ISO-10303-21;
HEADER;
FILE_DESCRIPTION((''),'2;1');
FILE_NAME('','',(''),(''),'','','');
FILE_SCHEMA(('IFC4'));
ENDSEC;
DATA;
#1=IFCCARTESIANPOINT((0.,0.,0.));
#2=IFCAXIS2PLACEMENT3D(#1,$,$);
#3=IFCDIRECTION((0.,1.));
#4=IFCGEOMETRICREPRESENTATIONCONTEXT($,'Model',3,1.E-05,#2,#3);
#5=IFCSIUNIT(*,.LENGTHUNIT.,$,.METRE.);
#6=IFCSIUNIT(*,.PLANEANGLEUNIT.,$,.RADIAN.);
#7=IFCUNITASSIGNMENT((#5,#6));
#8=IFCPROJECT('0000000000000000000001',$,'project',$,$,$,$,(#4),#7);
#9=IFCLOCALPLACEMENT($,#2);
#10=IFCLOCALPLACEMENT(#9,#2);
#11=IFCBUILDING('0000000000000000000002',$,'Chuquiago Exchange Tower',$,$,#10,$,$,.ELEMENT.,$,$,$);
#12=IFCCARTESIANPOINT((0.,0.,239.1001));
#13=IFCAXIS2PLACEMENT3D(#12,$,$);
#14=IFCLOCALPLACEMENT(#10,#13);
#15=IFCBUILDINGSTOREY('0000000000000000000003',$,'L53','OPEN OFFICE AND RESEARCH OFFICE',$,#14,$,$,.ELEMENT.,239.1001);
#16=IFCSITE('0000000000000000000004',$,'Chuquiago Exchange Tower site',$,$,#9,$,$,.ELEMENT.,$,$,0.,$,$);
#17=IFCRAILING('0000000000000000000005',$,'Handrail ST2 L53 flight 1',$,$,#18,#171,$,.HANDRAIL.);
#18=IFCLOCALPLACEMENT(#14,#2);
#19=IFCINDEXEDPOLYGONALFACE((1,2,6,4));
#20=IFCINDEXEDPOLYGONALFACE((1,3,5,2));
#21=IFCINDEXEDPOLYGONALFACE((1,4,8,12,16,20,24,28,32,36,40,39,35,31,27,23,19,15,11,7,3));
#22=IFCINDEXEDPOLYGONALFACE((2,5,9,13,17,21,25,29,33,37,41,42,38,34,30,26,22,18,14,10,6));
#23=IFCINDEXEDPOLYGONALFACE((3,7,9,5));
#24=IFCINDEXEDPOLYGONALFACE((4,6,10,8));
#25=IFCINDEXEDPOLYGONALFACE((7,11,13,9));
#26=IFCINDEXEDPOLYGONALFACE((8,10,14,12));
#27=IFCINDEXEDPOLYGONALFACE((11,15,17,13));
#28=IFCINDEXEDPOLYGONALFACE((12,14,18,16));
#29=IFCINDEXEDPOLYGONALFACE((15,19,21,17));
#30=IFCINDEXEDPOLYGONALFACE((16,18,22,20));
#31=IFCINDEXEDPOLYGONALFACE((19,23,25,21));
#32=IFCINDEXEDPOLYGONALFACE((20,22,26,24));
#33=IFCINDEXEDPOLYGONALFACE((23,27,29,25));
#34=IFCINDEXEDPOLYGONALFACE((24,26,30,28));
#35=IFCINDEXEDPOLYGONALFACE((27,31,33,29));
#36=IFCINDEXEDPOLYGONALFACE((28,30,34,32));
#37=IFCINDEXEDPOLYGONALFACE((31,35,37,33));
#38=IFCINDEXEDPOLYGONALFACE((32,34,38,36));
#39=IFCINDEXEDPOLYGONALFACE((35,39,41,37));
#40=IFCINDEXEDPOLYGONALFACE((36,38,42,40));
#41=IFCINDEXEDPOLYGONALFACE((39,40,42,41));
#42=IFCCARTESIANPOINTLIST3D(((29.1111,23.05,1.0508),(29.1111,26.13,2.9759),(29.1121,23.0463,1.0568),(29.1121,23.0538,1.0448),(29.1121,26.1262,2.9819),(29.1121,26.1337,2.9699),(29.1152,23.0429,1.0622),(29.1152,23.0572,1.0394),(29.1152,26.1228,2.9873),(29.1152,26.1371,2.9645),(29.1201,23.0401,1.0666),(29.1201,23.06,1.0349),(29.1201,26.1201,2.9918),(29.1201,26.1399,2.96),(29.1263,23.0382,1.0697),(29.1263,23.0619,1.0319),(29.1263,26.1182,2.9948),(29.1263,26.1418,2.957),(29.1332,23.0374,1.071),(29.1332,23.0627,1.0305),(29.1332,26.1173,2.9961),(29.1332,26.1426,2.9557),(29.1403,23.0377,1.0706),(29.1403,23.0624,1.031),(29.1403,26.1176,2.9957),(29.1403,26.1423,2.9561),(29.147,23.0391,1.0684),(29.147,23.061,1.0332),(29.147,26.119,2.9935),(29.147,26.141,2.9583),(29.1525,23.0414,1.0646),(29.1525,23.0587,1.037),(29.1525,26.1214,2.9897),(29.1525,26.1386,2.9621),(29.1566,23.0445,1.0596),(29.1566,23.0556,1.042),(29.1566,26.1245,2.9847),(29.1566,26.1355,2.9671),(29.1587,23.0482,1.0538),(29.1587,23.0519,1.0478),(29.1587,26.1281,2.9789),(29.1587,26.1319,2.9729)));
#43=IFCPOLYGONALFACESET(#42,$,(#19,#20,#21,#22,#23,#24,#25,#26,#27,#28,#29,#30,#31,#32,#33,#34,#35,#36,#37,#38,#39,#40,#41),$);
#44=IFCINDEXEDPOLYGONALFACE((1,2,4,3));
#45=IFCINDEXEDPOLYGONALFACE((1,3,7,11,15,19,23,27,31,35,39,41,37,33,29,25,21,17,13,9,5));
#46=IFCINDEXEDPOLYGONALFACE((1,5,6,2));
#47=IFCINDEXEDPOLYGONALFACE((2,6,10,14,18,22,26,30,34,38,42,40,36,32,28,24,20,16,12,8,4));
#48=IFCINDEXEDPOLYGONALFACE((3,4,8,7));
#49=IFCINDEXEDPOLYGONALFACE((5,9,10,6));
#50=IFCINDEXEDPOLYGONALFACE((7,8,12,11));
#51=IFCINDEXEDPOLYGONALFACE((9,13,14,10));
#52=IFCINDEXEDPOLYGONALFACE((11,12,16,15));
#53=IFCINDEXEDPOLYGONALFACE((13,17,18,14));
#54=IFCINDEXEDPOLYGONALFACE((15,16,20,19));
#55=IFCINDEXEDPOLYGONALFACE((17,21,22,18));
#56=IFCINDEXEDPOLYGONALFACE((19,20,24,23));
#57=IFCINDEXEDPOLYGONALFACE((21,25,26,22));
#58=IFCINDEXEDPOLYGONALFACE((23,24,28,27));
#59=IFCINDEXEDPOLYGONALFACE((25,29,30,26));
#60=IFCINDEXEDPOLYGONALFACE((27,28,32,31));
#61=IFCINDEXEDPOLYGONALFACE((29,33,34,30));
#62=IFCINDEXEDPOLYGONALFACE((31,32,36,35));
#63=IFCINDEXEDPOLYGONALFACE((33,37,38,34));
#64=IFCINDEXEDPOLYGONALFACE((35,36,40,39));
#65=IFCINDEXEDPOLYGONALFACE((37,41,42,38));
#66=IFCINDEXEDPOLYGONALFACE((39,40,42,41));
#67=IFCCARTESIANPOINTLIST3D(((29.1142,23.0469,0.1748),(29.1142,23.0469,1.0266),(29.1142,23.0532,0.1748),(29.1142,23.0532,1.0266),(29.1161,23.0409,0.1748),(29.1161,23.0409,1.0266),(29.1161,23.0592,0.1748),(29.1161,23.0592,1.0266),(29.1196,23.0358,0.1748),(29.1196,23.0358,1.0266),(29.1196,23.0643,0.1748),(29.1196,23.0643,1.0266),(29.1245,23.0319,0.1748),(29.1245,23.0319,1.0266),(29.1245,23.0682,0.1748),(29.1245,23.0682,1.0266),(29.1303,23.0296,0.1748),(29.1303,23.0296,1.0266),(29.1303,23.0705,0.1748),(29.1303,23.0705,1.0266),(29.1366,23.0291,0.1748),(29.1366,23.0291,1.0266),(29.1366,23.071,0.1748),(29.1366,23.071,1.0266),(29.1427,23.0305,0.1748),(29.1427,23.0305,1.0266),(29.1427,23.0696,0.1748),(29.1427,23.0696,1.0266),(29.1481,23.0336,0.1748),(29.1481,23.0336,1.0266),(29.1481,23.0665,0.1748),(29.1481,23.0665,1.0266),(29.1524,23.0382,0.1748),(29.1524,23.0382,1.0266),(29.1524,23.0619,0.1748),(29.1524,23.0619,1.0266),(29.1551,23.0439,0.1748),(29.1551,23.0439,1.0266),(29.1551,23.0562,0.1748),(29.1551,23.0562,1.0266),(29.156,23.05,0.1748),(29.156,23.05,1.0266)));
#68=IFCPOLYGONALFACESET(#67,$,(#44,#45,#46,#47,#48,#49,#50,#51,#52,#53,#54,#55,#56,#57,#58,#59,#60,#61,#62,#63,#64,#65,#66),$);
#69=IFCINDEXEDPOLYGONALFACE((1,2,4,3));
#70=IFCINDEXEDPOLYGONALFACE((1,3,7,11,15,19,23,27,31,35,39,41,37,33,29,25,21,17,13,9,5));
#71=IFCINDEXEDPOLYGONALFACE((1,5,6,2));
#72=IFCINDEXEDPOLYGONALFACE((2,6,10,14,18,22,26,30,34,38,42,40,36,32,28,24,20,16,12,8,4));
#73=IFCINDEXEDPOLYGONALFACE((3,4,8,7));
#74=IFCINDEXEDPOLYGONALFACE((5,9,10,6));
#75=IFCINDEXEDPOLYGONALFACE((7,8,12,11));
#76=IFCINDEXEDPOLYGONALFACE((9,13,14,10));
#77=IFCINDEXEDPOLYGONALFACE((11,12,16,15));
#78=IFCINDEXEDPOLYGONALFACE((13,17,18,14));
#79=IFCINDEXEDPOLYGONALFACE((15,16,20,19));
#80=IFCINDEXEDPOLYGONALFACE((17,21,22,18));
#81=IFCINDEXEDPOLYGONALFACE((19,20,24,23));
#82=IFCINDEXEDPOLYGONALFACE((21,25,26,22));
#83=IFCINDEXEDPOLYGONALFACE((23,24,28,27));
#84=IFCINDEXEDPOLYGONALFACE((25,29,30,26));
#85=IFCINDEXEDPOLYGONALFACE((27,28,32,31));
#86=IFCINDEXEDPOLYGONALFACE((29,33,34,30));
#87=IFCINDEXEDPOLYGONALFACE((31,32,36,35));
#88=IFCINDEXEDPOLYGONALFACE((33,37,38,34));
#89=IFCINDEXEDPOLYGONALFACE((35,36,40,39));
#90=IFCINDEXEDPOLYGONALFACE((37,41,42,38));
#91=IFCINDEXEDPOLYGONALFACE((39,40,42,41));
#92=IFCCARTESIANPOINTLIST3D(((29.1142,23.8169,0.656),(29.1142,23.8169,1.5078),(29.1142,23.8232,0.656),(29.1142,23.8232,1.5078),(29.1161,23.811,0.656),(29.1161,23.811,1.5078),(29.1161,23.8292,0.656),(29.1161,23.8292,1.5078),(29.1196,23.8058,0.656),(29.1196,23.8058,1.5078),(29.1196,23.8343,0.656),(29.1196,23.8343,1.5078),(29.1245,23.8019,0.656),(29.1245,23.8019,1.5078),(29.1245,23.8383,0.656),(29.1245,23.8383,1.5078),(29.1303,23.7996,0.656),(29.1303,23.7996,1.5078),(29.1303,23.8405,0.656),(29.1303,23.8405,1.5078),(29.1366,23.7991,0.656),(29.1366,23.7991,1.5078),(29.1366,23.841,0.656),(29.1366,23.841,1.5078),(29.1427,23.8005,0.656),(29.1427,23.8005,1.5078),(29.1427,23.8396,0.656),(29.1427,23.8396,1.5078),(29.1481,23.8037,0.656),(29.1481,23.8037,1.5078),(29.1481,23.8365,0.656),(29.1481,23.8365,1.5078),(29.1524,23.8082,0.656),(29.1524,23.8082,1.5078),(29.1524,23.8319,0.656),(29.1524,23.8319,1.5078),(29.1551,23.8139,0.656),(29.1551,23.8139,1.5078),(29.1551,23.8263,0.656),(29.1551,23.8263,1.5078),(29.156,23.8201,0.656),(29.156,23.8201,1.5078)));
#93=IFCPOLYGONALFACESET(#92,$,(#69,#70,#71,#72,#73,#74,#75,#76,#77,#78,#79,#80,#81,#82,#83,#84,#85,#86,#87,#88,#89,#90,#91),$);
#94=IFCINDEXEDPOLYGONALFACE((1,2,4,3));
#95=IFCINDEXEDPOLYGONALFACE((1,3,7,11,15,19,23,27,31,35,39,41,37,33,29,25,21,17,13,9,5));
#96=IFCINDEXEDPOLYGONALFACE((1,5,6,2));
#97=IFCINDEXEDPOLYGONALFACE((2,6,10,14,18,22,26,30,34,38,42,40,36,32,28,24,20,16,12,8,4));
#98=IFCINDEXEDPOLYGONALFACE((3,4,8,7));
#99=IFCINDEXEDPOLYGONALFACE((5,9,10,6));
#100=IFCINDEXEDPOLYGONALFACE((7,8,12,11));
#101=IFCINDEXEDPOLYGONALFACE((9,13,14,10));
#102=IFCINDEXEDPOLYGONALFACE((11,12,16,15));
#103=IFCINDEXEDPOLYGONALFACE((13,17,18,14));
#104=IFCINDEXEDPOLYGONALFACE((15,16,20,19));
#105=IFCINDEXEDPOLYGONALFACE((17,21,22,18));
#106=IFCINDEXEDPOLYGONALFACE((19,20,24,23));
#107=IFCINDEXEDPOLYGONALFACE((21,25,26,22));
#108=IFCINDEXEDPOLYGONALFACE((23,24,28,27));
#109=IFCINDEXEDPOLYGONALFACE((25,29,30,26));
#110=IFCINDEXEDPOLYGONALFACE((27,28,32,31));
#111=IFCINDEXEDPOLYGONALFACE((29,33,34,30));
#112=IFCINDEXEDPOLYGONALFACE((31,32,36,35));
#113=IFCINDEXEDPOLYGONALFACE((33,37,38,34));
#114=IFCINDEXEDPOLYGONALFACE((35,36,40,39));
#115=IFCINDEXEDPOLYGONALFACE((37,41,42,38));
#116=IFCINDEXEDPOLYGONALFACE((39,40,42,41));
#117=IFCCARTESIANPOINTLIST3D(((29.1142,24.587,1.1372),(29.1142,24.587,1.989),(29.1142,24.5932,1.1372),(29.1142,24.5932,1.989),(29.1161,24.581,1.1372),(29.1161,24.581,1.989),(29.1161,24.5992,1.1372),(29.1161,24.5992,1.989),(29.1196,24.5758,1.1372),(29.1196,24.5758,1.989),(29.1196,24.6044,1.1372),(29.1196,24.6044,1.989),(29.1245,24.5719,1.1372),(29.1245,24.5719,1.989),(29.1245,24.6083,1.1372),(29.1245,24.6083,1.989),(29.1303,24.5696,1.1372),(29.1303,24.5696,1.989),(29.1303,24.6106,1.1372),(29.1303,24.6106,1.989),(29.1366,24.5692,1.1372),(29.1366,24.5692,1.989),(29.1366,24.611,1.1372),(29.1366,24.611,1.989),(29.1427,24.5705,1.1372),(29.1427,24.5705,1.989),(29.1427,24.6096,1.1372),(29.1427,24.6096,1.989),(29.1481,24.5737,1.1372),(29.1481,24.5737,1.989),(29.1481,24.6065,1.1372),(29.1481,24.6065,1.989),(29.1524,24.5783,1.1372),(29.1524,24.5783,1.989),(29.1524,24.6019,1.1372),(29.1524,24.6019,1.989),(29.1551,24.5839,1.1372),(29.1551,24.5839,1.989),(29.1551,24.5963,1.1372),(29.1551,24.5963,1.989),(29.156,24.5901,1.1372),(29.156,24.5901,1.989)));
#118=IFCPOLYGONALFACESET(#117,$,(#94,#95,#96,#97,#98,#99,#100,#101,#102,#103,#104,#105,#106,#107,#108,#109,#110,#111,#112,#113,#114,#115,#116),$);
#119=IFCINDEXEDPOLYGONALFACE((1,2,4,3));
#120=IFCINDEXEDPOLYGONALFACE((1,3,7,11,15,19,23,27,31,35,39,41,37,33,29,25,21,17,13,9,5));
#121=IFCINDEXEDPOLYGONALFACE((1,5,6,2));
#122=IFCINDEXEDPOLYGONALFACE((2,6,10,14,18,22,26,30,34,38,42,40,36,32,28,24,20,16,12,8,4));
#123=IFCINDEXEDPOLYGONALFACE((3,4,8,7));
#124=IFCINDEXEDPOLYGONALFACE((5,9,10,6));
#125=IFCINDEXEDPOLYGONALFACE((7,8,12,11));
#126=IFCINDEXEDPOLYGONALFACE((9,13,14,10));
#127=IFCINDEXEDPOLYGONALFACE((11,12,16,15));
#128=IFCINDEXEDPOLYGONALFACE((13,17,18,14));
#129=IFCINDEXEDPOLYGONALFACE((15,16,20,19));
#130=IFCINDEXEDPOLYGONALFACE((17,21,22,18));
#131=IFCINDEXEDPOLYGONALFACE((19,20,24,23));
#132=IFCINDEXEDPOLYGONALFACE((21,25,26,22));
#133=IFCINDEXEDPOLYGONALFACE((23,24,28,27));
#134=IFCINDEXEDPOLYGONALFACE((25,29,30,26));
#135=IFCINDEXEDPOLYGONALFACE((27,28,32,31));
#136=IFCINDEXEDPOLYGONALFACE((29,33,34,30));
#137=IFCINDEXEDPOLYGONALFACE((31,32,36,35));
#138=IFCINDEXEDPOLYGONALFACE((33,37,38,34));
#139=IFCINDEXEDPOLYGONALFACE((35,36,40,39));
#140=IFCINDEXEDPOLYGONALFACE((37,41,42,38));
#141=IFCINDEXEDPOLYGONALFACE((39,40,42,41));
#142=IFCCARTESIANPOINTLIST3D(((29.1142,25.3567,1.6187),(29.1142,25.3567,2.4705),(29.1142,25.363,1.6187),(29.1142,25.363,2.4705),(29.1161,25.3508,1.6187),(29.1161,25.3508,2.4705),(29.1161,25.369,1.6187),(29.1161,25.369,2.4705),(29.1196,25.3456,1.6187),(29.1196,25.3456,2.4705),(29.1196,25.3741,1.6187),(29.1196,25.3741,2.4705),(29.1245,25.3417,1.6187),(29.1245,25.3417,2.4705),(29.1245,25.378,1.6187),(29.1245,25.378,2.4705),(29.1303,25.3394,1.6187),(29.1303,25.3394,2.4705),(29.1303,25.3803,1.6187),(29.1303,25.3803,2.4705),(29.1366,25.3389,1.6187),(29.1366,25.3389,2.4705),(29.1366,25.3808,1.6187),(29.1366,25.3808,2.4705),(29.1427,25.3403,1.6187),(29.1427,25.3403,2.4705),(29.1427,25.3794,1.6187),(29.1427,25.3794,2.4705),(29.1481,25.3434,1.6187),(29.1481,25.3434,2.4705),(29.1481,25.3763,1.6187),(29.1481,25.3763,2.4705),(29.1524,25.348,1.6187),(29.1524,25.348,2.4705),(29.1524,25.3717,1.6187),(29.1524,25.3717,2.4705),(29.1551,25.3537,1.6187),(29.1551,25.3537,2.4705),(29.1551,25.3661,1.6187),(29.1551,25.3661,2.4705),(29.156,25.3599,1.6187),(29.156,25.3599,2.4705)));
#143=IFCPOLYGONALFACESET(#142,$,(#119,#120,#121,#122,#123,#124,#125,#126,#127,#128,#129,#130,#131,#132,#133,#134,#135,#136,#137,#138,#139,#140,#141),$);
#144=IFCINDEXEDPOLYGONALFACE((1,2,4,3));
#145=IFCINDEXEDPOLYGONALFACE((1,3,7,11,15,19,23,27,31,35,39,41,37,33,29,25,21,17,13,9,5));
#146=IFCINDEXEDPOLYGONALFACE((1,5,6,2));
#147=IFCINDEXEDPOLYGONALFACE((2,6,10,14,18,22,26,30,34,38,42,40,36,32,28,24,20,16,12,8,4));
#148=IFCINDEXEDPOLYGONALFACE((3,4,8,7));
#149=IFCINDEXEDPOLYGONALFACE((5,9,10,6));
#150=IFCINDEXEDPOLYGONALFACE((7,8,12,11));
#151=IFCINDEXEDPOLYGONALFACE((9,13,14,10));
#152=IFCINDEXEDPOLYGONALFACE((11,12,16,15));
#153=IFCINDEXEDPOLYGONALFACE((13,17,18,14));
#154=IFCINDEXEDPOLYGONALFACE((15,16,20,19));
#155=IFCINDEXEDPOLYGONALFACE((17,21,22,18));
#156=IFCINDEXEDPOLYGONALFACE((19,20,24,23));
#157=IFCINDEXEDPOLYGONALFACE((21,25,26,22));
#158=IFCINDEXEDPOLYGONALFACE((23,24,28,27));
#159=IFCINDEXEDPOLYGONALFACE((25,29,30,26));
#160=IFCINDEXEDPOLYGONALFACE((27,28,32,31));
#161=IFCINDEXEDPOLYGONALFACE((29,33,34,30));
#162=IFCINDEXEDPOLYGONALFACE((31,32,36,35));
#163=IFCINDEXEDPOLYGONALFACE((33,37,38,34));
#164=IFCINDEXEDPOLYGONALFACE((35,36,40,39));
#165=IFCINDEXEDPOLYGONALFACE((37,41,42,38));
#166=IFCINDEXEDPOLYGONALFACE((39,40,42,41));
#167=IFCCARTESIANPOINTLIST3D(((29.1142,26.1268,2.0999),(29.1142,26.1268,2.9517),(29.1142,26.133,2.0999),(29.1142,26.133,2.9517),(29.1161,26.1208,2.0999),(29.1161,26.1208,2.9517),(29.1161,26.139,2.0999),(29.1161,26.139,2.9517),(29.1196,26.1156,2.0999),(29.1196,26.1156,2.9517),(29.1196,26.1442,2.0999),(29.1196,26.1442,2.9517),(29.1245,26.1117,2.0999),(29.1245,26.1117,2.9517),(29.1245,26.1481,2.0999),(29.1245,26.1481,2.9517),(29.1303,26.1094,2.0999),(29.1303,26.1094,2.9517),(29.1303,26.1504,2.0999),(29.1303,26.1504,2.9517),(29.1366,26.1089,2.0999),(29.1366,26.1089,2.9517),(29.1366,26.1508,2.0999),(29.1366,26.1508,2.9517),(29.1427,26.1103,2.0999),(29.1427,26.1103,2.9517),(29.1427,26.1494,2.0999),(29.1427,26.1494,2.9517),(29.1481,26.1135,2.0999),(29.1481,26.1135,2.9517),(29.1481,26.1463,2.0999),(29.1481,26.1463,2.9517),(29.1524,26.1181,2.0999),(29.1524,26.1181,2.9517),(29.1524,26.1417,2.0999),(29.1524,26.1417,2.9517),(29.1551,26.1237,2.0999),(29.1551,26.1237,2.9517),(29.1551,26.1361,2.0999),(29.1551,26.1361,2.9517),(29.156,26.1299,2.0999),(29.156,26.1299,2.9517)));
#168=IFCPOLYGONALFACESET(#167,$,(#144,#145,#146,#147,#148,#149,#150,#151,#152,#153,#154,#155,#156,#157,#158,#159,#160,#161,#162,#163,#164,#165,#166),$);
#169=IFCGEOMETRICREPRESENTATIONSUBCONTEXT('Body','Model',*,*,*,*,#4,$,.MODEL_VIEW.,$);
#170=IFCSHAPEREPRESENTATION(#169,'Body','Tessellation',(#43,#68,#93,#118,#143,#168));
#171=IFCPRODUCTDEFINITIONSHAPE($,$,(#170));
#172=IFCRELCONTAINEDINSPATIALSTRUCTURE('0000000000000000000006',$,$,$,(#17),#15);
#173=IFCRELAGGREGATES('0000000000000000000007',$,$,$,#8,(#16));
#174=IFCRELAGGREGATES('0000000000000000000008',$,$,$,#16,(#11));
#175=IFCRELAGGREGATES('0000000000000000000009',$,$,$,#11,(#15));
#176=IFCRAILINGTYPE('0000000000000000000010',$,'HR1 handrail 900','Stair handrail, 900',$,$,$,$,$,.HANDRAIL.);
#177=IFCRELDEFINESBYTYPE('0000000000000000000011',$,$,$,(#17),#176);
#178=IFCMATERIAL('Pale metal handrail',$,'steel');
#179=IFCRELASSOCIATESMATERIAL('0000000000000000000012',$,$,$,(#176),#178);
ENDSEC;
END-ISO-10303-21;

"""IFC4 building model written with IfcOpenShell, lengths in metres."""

from ifc_helpers import new_model, si_unit, direction, frame, origin, origin_2d, place, context, subcontext, project, spatial, circle, extrude, material, type_object, element, save


model = new_model("IFC4")

# Units and contexts
model_context = context("Model", 3, precision=1e-05, world=origin(), true_north=direction((0.0, 1.0)))
body_context = subcontext(model_context, "Body", "Model", "MODEL_VIEW")
ifc_project = project(units=[si_unit("LENGTHUNIT", "METRE"), si_unit("PLANEANGLEUNIT", "RADIAN")], contexts=[model_context])

# Site, building, storey
site_placement = place(None, origin())
site = spatial("IfcSite", under=ifc_project, at=site_placement, Name="Chuquiago Exchange Tower site", CompositionType="ELEMENT", RefElevation=0.0)
building_placement = place(site_placement, origin())
building = spatial("IfcBuilding", under=site, at=building_placement, Name="Chuquiago Exchange Tower", CompositionType="ELEMENT")
storey_placement = place(building_placement, frame((0.0, 0.0, 239.1001)))
storey = spatial("IfcBuildingStorey", under=building, at=storey_placement, Name="L53", Description="OPEN OFFICE AND RESEARCH OFFICE", CompositionType="ELEMENT", Elevation=239.1001)

# Railing
ifc_material_1 = material(Name="Pale metal handrail", Category="steel")
railing_type_1 = type_object("IfcRailingType", Name="HR1 handrail 900", Description="Stair handrail, 900", PredefinedType="HANDRAIL", material=ifc_material_1)
railing_1_placement = place(storey_placement, frame((29.135, 23.05, 0.1748)))
element("IfcRailing", 1, at=railing_1_placement, inside=storey, type_object=railing_type_1, Name="Handrail ST2 L53 flight 1", PredefinedType="HANDRAIL", context=body_context, shape_type="SweptSolid", body=[
    extrude(circle(Radius=0.0239, at=origin_2d()), frame((0.0, 0.0, 0.876), z_axis=(0.0, 0.847979, 0.530029), x_axis=(-1.0, 0.0, 0.0)), (0.0, 0.0, 1.0), 3.6321),
    extrude(circle(Radius=0.021, at=origin_2d()), origin(), (0.0, 0.0, 1.0), 0.8518),
    extrude(circle(Radius=0.021, at=origin_2d()), frame((0.0, 0.77, 0.4812)), (0.0, 0.0, 1.0), 0.8518),
    extrude(circle(Radius=0.021, at=origin_2d()), frame((0.0, 1.54, 0.9624)), (0.0, 0.0, 1.0), 0.8518),
    extrude(circle(Radius=0.021, at=origin_2d()), frame((0.0, 2.3098, 1.4438)), (0.0, 0.0, 1.0), 0.8518),
    extrude(circle(Radius=0.021, at=origin_2d()), frame((0.0, 3.0798, 1.925)), (0.0, 0.0, 1.0), 0.8518),
])

save(model, "model.ifc")
